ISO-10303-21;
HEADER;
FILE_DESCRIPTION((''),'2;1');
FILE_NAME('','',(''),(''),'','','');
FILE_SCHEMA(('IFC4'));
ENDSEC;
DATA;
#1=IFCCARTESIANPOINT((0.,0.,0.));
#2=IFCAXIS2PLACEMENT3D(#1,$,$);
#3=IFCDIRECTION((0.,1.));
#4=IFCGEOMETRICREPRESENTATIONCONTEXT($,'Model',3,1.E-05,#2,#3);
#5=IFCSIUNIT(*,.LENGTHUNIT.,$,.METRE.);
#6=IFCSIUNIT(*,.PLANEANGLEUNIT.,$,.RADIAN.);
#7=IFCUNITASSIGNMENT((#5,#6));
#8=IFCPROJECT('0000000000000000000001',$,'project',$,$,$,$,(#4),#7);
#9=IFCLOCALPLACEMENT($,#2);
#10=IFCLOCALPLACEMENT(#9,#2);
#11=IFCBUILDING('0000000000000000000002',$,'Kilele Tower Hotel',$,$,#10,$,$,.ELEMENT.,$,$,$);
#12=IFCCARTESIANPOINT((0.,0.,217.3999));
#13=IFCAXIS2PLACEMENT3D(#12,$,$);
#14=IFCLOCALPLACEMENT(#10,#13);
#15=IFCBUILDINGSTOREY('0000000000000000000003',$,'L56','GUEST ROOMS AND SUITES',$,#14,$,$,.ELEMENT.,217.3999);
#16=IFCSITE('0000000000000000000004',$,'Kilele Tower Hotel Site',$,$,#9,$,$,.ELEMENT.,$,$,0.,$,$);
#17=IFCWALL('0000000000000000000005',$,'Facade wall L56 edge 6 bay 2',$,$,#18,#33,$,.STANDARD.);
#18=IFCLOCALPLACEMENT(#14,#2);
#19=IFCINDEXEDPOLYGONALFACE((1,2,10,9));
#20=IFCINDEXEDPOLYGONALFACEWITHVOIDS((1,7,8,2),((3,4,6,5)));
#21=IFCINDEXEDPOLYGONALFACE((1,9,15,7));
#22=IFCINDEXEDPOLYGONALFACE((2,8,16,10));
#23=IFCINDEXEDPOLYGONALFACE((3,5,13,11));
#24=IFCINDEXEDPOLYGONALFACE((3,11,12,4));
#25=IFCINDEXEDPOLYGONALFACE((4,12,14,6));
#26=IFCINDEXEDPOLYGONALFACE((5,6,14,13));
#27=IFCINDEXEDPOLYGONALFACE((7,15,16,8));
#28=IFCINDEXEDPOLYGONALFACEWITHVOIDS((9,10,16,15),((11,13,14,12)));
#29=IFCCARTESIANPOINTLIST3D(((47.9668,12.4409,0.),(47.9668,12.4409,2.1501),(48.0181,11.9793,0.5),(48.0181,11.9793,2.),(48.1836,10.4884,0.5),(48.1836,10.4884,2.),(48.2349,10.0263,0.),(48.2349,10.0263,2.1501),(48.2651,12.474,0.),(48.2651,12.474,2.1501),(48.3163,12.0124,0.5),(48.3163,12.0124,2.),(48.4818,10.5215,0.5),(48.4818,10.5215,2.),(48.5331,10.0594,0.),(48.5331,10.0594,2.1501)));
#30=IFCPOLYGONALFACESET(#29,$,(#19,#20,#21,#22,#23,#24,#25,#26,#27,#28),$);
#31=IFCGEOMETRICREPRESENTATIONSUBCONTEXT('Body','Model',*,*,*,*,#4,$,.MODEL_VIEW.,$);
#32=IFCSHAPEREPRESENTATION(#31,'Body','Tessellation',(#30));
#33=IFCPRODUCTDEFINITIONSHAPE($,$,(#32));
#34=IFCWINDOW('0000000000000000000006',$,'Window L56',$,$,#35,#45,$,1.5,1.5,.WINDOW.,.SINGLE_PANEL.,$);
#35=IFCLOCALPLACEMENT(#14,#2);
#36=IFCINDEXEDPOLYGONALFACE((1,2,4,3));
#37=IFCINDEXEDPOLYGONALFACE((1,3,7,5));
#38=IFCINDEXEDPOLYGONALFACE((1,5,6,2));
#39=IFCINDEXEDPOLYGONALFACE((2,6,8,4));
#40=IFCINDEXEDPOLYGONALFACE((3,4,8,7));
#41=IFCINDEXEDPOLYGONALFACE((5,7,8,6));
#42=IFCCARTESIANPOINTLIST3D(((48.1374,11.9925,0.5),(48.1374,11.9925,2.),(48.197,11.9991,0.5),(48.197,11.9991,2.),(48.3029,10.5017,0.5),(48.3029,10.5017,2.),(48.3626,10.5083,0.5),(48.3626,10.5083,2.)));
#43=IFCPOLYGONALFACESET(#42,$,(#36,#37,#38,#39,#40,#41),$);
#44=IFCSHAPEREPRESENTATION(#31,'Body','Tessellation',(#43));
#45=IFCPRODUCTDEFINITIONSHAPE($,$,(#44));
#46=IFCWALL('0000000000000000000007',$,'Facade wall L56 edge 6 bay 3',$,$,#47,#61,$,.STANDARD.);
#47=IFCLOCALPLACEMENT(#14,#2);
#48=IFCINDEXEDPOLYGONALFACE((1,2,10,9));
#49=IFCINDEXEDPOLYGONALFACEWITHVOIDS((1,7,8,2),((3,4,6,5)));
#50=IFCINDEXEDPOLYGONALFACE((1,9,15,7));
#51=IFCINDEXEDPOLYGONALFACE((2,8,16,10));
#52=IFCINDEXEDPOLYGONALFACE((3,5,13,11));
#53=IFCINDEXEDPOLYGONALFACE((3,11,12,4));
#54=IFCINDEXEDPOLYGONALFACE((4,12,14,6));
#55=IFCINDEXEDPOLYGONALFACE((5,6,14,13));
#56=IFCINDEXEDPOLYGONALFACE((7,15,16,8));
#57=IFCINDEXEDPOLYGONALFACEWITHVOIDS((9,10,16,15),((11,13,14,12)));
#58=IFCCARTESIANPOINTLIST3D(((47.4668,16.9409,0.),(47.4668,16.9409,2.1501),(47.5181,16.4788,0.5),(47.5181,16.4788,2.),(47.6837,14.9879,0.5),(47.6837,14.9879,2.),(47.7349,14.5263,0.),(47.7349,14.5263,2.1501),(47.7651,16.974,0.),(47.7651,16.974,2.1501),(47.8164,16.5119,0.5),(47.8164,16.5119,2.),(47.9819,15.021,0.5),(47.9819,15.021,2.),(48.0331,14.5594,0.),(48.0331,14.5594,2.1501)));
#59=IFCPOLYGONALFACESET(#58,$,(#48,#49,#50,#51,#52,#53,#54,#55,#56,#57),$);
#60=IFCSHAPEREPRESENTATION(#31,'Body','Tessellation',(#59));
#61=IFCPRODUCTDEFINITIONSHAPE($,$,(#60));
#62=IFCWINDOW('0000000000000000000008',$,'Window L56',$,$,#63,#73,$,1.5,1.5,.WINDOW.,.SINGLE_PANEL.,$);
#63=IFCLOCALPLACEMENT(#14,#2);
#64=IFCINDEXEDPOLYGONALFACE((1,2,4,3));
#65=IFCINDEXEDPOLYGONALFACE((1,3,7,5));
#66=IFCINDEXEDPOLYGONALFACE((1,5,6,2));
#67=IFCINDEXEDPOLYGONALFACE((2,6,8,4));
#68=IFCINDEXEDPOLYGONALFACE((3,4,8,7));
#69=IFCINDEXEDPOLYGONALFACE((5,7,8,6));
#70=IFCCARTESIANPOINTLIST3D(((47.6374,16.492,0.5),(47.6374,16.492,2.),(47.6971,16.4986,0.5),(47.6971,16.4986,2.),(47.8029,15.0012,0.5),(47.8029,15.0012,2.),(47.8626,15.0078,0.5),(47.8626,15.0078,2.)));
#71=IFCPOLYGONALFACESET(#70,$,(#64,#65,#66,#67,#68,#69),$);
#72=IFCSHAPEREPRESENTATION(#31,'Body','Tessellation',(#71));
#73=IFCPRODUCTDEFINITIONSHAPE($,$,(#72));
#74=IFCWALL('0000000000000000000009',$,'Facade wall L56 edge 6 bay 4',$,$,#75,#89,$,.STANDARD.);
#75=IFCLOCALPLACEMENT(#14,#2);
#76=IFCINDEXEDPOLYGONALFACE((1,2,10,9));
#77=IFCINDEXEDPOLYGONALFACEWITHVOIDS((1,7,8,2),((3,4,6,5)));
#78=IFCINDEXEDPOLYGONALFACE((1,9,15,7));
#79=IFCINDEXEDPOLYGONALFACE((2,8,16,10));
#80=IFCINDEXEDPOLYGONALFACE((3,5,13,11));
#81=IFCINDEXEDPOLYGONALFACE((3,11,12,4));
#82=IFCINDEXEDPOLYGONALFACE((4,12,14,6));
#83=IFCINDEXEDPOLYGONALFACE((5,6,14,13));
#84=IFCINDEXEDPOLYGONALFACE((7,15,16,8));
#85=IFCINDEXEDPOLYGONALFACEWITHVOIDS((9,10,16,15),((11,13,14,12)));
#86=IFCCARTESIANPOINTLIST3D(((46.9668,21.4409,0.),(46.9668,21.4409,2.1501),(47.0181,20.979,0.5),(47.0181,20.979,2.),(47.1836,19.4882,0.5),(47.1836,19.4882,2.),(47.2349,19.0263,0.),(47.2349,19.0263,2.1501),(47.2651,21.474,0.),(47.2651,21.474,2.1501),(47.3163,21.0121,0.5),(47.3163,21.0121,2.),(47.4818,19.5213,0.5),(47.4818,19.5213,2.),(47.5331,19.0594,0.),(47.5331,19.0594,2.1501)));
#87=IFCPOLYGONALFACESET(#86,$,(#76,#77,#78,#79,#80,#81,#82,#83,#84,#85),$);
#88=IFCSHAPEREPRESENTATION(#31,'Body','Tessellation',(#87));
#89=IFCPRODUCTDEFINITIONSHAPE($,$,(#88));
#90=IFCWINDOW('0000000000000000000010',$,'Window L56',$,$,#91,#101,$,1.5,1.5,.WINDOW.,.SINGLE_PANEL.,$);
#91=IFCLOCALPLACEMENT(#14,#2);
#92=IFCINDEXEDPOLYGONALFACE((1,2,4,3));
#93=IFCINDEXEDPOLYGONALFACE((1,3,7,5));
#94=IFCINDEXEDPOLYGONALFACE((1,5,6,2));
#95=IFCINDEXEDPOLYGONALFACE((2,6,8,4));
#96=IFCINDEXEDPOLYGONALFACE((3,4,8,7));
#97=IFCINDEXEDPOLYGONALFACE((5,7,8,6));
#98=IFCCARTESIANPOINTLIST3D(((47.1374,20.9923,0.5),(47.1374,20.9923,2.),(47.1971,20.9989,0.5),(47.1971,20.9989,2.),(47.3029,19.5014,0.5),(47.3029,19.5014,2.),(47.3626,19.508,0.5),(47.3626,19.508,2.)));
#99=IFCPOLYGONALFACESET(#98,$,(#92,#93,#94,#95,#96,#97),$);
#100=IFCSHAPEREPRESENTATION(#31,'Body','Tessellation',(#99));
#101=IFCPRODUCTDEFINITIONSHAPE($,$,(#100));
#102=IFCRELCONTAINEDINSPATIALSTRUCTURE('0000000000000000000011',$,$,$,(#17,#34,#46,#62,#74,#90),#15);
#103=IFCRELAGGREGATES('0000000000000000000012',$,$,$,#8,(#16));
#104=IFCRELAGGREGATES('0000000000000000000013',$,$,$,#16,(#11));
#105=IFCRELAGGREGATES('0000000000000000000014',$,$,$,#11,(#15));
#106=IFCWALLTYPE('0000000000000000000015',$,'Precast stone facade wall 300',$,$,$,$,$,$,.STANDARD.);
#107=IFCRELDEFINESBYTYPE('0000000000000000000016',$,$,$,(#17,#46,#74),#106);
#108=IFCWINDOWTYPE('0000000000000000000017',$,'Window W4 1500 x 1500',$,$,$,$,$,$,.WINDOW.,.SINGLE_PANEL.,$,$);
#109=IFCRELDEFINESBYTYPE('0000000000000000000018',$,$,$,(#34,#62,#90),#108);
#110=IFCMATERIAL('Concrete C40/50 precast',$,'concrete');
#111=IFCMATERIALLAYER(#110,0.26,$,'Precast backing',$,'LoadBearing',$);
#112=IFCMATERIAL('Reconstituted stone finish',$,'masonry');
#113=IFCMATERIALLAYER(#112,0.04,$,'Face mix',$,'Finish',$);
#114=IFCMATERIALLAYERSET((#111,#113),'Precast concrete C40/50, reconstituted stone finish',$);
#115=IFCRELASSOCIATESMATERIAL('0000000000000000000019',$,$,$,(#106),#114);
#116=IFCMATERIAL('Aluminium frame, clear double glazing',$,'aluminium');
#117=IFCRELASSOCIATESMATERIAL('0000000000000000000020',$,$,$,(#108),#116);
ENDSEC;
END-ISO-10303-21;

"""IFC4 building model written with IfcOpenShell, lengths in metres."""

from ifc_helpers import new_model, si_unit, direction, frame, frame_2d, origin, place, context, subcontext, project, spatial, rectangle, extrude, material, layer, layer_set, type_object, element, fill, save


model = new_model("IFC4")

# Units and contexts
model_context = context("Model", 3, precision=1e-05, world=origin(), true_north=direction((0.0, 1.0)))
body_context = subcontext(model_context, "Body", "Model", "MODEL_VIEW")
ifc_project = project(units=[si_unit("LENGTHUNIT", "METRE"), si_unit("PLANEANGLEUNIT", "RADIAN")], contexts=[model_context])

# Site, building, storey
site_placement = place(None, origin())
site = spatial("IfcSite", under=ifc_project, at=site_placement, Name="Kilele Tower Hotel Site", CompositionType="ELEMENT", RefElevation=0.0)
building_placement = place(site_placement, origin())
building = spatial("IfcBuilding", under=site, at=building_placement, Name="Kilele Tower Hotel", CompositionType="ELEMENT")
storey_placement = place(building_placement, frame((0.0, 0.0, 217.3999)))
storey = spatial("IfcBuildingStorey", under=building, at=storey_placement, Name="L56", Description="GUEST ROOMS AND SUITES", CompositionType="ELEMENT", Elevation=217.3999)

# Walls, openings, windows
ifc_material_1 = material(Name="Concrete C40/50 precast", Category="concrete")
ifc_layer_1 = layer(ifc_material_1, 0.26, Name="Precast backing", Category="LoadBearing")
ifc_material_2 = material(Name="Reconstituted stone finish", Category="masonry")
ifc_layer_2 = layer(ifc_material_2, 0.04, Name="Face mix", Category="Finish")
ifc_layer_set_1 = layer_set([ifc_layer_1, ifc_layer_2], Name="Precast concrete C40/50, reconstituted stone finish")
wall_type_1 = type_object("IfcWallType", Name="Precast stone facade wall 300", PredefinedType="STANDARD", material=ifc_layer_set_1)
wall_1_placement = place(storey_placement, frame((48.384, 10.0427, 0.0), z_axis=(0.0, 0.0, 1.0), x_axis=(-0.110343, 0.993894, 0.0)))
wall_1 = element("IfcWall", 1, at=wall_1_placement, inside=storey, type_object=wall_type_1, Name="Facade wall L56 edge 6 bay 2", PredefinedType="STANDARD", context=body_context, shape_type="SweptSolid", body=[
    extrude(rectangle(XDim=2.4294, YDim=0.3, at=frame_2d((1.2148, 0.0))), origin(), (0.0, 0.0, 1.0), 2.1501),
])
opening_1_placement = place(wall_1_placement, frame((0.4651, 0.0, 0.5)))
opening_1 = element("IfcOpeningElement", 2, at=opening_1_placement, cuts=wall_1, PredefinedType="OPENING", context=body_context, shape_type="SweptSolid", body=[
    extrude(rectangle(XDim=1.5, YDim=1.5, at=frame_2d((0.75, 0.75))), frame((0.0, 0.1599, 0.0), z_axis=(0.0, -1.0, 0.0), x_axis=(1.0, 0.0, 0.0)), (0.0, 0.0, 1.0), 0.3201),
])
ifc_material_3 = material(Name="Aluminium frame, clear double glazing", Category="aluminium")
window_type = type_object("IfcWindowType", Name="Window W4 1500 x 1500", PartitioningType="SINGLE_PANEL", PredefinedType="WINDOW", material=ifc_material_3)
window_1_placement = place(opening_1_placement, origin())
window_1 = element("IfcWindow", 3, at=window_1_placement, inside=storey, type_object=window_type, Name="Window L56", OverallHeight=1.5, OverallWidth=1.5, PartitioningType="SINGLE_PANEL", PredefinedType="WINDOW", context=body_context, shape_type="SweptSolid", body=[
    extrude(rectangle(XDim=1.5, YDim=1.5, at=frame_2d((0.75, 0.75))), frame((0.0, 0.03, 0.0), z_axis=(0.0, -1.0, 0.0), x_axis=(1.0, 0.0, 0.0)), (0.0, 0.0, 1.0), 0.0601),
])
fill(opening_1, window_1)
wall_2_placement = place(storey_placement, frame((47.884, 14.5427, 0.0), z_axis=(0.0, 0.0, 1.0), x_axis=(-0.110343, 0.993894, 0.0)))
wall_2 = element("IfcWall", 4, at=wall_2_placement, inside=storey, type_object=wall_type_1, Name="Facade wall L56 edge 6 bay 3", PredefinedType="STANDARD", context=body_context, shape_type="SweptSolid", body=[
    extrude(rectangle(XDim=2.4294, YDim=0.3, at=frame_2d((1.2148, 0.0))), origin(), (0.0, 0.0, 1.0), 2.1501),
])
opening_2_placement = place(wall_2_placement, frame((0.4646, 0.0, 0.5)))
opening_2 = element("IfcOpeningElement", 5, at=opening_2_placement, cuts=wall_2, PredefinedType="OPENING", context=body_context, shape_type="SweptSolid", body=[
    extrude(rectangle(XDim=1.5, YDim=1.5, at=frame_2d((0.75, 0.75))), frame((0.0, 0.1599, 0.0), z_axis=(0.0, -1.0, 0.0), x_axis=(1.0, 0.0, 0.0)), (0.0, 0.0, 1.0), 0.3201),
])
window_2_placement = place(opening_2_placement, origin())
window_2 = element("IfcWindow", 6, at=window_2_placement, inside=storey, type_object=window_type, Name="Window L56", OverallHeight=1.5, OverallWidth=1.5, PartitioningType="SINGLE_PANEL", PredefinedType="WINDOW", context=body_context, shape_type="SweptSolid", body=[
    extrude(rectangle(XDim=1.5, YDim=1.5, at=frame_2d((0.75, 0.75))), frame((0.0, 0.03, 0.0), z_axis=(0.0, -1.0, 0.0), x_axis=(1.0, 0.0, 0.0)), (0.0, 0.0, 1.0), 0.0601),
])
fill(opening_2, window_2)
wall_3_placement = place(storey_placement, frame((47.384, 19.0427, 0.0), z_axis=(0.0, 0.0, 1.0), x_axis=(-0.110343, 0.993894, 0.0)))
wall_3 = element("IfcWall", 7, at=wall_3_placement, inside=storey, type_object=wall_type_1, Name="Facade wall L56 edge 6 bay 4", PredefinedType="STANDARD", context=body_context, shape_type="SweptSolid", body=[
    extrude(rectangle(XDim=2.4294, YDim=0.3, at=frame_2d((1.2148, 0.0))), origin(), (0.0, 0.0, 1.0), 2.1501),
])
opening_3_placement = place(wall_3_placement, frame((0.4648, 0.0, 0.5)))
opening_3 = element("IfcOpeningElement", 8, at=opening_3_placement, cuts=wall_3, PredefinedType="OPENING", context=body_context, shape_type="SweptSolid", body=[
    extrude(rectangle(XDim=1.5, YDim=1.5, at=frame_2d((0.75, 0.75))), frame((0.0, 0.1599, 0.0), z_axis=(0.0, -1.0, 0.0), x_axis=(1.0, 0.0, 0.0)), (0.0, 0.0, 1.0), 0.3201),
])
window_3_placement = place(opening_3_placement, origin())
window_3 = element("IfcWindow", 9, at=window_3_placement, inside=storey, type_object=window_type, Name="Window L56", OverallHeight=1.5, OverallWidth=1.5, PartitioningType="SINGLE_PANEL", PredefinedType="WINDOW", context=body_context, shape_type="SweptSolid", body=[
    extrude(rectangle(XDim=1.5, YDim=1.5, at=frame_2d((0.75, 0.75))), frame((0.0, 0.03, 0.0), z_axis=(0.0, -1.0, 0.0), x_axis=(1.0, 0.0, 0.0)), (0.0, 0.0, 1.0), 0.0601),
])
fill(opening_3, window_3)

save(model, "model.ifc")
